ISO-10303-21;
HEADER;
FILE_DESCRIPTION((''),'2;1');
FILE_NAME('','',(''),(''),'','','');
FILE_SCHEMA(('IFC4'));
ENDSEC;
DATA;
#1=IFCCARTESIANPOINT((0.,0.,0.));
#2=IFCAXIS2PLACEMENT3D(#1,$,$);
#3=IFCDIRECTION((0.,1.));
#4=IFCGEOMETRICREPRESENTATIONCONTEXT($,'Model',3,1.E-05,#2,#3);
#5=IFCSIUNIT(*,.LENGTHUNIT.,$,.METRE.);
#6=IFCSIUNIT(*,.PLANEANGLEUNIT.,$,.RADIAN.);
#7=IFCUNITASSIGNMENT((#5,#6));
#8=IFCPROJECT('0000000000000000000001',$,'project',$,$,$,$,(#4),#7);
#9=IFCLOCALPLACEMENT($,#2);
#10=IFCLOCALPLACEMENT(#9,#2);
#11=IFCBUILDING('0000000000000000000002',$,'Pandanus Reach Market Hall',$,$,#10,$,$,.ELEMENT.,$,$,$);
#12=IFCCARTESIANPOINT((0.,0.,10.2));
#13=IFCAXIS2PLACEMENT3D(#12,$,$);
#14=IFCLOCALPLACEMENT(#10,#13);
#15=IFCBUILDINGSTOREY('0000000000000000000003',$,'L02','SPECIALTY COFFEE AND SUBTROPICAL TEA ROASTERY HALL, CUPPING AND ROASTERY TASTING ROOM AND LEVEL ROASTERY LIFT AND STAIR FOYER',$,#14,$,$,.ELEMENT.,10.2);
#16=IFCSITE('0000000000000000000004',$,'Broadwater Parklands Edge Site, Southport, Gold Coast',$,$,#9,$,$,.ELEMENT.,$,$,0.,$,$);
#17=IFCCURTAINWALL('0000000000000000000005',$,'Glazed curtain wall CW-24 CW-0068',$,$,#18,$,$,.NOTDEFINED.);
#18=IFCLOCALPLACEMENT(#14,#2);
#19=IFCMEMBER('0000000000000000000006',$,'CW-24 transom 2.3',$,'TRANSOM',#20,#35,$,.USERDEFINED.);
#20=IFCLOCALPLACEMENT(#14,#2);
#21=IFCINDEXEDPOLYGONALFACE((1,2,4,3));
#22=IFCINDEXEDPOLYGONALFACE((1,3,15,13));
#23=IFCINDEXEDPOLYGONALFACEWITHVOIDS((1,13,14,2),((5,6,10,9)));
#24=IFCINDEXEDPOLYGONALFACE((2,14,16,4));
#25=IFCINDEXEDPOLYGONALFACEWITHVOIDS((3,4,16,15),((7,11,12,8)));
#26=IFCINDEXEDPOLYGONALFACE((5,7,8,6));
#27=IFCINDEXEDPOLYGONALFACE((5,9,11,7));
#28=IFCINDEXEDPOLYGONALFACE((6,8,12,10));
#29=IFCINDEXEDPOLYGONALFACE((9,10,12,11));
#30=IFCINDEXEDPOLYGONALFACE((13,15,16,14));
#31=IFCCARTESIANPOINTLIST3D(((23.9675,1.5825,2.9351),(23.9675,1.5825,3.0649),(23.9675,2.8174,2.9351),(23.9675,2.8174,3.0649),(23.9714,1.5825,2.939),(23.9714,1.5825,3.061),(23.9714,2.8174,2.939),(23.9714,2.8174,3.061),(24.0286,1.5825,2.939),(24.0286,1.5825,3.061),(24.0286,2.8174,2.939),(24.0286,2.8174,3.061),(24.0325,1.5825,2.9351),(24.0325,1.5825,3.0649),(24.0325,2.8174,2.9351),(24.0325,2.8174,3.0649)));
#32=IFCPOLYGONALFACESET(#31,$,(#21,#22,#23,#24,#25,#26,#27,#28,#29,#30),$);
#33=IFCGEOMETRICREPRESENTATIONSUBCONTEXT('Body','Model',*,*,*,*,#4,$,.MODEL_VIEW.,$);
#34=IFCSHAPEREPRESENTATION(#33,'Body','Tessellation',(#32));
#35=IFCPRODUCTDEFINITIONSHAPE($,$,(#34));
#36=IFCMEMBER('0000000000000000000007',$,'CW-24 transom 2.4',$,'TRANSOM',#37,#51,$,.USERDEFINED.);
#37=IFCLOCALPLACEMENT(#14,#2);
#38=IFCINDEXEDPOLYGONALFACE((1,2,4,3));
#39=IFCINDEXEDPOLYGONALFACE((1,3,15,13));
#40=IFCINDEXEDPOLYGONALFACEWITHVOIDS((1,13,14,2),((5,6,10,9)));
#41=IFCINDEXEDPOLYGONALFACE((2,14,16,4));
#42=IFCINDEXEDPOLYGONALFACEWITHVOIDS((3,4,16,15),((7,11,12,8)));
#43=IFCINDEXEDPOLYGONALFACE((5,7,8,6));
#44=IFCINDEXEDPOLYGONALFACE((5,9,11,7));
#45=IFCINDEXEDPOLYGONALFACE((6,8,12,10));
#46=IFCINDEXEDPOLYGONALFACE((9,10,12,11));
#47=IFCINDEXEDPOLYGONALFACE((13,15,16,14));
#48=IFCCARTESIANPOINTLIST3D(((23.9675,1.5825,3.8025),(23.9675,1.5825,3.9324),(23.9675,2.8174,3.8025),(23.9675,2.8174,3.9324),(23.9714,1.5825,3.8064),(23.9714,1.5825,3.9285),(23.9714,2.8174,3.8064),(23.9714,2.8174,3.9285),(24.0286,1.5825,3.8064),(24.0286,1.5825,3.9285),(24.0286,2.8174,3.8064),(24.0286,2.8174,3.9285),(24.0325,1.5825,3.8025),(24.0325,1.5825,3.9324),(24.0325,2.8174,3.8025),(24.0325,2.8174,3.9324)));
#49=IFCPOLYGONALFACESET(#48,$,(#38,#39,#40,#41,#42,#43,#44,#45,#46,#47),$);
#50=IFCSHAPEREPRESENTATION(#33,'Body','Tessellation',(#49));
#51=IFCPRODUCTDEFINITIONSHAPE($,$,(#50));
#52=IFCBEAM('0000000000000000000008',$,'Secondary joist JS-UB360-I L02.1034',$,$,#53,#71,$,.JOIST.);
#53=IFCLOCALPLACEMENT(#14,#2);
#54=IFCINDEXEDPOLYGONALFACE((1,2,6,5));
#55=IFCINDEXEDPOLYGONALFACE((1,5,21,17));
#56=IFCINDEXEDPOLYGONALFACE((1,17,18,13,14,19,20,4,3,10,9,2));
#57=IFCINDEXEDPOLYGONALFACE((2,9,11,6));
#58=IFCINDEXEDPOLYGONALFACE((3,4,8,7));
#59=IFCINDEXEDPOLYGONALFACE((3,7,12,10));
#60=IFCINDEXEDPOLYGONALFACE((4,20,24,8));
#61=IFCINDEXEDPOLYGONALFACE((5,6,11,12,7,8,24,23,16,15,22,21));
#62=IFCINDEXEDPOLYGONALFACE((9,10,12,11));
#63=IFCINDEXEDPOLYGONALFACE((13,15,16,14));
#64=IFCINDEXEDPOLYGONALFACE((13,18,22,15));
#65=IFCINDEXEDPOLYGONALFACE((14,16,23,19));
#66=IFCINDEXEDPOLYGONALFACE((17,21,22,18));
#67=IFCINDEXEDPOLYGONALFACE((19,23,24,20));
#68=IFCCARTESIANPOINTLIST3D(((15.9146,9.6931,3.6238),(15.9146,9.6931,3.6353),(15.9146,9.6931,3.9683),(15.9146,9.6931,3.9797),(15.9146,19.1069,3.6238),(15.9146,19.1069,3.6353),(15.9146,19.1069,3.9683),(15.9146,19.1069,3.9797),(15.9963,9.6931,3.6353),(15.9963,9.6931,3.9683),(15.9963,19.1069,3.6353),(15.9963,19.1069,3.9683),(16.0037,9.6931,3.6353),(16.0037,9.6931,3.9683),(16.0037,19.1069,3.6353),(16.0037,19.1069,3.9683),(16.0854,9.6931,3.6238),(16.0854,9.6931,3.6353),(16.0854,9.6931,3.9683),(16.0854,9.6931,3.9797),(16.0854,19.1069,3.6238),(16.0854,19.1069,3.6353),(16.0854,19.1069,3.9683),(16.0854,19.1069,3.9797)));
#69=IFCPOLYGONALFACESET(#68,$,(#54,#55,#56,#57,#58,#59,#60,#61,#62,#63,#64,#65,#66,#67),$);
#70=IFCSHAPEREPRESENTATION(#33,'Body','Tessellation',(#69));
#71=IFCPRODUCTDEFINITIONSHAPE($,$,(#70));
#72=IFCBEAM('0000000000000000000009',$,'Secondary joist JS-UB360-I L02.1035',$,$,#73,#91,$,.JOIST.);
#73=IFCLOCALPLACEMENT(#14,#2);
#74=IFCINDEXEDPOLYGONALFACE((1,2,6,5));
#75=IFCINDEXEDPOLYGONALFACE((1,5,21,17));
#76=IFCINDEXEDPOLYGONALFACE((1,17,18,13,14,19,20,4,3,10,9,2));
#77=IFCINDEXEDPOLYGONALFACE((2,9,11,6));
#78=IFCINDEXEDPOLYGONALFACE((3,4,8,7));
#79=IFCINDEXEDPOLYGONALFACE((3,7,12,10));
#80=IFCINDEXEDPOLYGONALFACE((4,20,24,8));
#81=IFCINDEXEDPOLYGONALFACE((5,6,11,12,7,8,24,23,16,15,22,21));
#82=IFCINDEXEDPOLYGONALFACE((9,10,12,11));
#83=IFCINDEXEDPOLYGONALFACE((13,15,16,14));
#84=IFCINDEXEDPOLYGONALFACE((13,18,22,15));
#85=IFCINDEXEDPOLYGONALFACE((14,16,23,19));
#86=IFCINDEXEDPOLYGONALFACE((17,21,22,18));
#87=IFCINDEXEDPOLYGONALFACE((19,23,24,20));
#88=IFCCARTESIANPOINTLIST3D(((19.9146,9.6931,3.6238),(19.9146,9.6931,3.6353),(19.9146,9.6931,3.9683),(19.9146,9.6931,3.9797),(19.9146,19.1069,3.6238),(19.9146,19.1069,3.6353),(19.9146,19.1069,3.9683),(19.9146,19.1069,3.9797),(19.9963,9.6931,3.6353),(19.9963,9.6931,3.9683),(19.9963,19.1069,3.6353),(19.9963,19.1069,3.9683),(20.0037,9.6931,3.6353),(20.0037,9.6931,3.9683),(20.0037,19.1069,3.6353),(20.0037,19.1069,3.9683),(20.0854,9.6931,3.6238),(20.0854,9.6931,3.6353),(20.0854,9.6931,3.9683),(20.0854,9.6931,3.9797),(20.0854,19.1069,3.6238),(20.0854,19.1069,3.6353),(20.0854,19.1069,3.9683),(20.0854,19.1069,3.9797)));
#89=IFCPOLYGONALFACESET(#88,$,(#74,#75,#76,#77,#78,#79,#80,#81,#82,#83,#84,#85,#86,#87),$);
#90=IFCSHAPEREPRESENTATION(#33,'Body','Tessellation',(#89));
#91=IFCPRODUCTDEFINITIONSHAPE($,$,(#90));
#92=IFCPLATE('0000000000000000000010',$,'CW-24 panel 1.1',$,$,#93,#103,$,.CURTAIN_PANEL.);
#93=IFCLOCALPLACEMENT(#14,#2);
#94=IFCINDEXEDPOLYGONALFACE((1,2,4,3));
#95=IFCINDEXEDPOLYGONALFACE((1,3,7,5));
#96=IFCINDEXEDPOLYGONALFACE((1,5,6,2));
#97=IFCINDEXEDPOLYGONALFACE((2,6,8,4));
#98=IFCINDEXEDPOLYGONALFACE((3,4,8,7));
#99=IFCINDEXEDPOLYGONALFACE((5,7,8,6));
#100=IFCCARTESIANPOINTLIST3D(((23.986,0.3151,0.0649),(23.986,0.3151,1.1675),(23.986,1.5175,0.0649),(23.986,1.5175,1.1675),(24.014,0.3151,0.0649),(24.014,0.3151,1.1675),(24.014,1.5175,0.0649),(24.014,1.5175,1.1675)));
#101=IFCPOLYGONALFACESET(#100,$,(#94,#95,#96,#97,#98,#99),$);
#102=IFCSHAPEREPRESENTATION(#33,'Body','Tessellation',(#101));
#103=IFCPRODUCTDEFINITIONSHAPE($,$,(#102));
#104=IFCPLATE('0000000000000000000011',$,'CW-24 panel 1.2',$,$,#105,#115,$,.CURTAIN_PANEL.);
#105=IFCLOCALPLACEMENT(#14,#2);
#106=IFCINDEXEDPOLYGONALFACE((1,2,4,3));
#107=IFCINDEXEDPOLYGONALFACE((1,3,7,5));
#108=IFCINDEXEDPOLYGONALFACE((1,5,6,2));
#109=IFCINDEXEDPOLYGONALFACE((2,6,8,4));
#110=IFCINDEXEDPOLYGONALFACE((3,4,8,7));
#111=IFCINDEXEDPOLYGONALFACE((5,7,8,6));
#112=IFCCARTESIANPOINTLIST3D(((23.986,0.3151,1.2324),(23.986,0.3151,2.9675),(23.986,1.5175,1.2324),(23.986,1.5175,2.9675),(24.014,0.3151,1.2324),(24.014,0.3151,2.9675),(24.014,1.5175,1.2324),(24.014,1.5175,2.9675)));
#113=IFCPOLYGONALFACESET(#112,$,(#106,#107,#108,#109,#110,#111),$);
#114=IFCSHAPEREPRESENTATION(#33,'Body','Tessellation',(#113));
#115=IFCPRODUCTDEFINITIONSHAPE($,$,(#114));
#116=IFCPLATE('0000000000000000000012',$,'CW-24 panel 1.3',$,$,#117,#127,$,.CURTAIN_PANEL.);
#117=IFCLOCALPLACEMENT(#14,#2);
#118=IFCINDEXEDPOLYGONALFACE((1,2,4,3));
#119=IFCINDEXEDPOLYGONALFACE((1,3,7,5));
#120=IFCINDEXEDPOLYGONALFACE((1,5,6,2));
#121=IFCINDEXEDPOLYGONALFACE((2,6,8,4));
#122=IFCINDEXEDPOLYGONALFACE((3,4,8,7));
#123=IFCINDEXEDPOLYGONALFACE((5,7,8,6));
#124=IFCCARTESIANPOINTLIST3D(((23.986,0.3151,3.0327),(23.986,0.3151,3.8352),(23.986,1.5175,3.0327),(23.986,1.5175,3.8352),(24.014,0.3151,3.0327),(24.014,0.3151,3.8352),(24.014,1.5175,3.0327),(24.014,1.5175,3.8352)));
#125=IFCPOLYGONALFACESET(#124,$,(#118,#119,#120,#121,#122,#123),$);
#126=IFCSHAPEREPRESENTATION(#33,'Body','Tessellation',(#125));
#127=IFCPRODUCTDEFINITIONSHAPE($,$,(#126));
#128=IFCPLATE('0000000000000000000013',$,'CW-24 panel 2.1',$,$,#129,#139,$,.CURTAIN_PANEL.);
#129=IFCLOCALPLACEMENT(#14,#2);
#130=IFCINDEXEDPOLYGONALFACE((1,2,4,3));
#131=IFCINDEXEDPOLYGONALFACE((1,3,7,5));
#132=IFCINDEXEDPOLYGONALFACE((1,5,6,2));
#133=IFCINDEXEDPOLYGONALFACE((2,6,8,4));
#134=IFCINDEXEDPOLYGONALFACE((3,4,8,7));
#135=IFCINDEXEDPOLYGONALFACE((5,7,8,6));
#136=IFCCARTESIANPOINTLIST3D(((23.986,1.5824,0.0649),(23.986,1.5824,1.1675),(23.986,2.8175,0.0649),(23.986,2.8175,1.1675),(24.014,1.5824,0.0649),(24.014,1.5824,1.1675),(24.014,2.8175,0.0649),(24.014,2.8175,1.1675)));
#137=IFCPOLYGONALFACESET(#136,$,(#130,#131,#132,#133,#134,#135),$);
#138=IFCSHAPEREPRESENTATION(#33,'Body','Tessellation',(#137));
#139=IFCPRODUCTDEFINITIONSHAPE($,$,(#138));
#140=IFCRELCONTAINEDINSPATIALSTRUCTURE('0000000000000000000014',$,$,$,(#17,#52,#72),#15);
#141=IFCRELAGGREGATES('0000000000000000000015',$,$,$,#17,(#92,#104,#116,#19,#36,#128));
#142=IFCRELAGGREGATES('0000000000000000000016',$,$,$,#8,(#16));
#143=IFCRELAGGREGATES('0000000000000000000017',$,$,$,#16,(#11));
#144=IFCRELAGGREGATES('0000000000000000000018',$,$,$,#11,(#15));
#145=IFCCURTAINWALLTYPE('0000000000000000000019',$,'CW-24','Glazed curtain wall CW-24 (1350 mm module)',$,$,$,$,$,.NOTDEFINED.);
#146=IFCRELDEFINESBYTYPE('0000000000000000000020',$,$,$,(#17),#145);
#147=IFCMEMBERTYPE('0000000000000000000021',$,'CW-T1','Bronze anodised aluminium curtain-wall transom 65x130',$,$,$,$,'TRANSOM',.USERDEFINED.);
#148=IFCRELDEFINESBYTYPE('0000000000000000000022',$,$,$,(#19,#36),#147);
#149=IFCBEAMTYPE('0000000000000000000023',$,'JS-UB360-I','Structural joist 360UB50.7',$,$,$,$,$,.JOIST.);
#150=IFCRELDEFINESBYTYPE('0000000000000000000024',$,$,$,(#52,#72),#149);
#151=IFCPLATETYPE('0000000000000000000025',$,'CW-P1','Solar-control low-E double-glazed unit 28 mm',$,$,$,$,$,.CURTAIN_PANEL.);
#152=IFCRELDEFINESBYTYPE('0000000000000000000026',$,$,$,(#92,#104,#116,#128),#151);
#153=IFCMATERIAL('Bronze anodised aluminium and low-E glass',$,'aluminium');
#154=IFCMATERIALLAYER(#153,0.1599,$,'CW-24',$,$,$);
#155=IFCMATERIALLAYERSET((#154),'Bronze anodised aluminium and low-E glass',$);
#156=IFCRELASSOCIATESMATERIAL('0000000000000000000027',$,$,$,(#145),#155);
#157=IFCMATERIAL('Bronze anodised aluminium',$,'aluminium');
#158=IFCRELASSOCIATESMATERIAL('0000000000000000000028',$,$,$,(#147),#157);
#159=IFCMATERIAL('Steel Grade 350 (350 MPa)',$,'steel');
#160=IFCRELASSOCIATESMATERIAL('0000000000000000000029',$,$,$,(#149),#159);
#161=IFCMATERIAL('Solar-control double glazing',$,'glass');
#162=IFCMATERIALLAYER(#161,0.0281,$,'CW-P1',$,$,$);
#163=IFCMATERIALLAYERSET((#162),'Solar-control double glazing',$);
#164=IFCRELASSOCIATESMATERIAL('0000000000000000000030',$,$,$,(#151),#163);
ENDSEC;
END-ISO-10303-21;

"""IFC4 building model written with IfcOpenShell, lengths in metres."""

from ifc_helpers import new_model, si_unit, direction, frame, origin, origin_2d, place, context, subcontext, project, spatial, rectangle, hollow_rectangle, i_section, extrude, material, layer, layer_set, material_profile, profile_set, type_object, element, aggregate, save


model = new_model("IFC4")

# Units and contexts
model_context = context("Model", 3, precision=1e-05, world=origin(), true_north=direction((0.0, 1.0)))
body_context = subcontext(model_context, "Body", "Model", "MODEL_VIEW")
ifc_project = project(units=[si_unit("LENGTHUNIT", "METRE"), si_unit("PLANEANGLEUNIT", "RADIAN")], contexts=[model_context])

# Site, building, storey
site_placement = place(None, origin())
site = spatial("IfcSite", under=ifc_project, at=site_placement, Name="Broadwater Parklands Edge Site, Southport, Gold Coast", CompositionType="ELEMENT", RefElevation=0.0)
building_placement = place(site_placement, origin())
building = spatial("IfcBuilding", under=site, at=building_placement, Name="Pandanus Reach Market Hall", CompositionType="ELEMENT")
storey_placement = place(building_placement, frame((0.0, 0.0, 10.2)))
storey = spatial("IfcBuildingStorey", under=building, at=storey_placement, Name="L02", Description="SPECIALTY COFFEE AND SUBTROPICAL TEA ROASTERY HALL, CUPPING AND ROASTERY TASTING ROOM AND LEVEL ROASTERY LIFT AND STAIR FOYER", CompositionType="ELEMENT", Elevation=10.2)

# Shared definitions
ifc_material_1 = material(Name="Steel Grade 350 (350 MPa)", Category="steel")

# Curtain wall, members
ifc_material_2 = material(Name="Bronze anodised aluminium and low-E glass", Category="aluminium")
ifc_layer_1 = layer(ifc_material_2, 0.1599, Name="CW-24")
ifc_layer_set_1 = layer_set([ifc_layer_1], Name="Bronze anodised aluminium and low-E glass")
curtain_wall_type = type_object("IfcCurtainWallType", Name="CW-24", Description="Glazed curtain wall CW-24 (1350 mm module)", PredefinedType="NOTDEFINED", material=ifc_layer_set_1)
curtain_wall_placement = place(storey_placement, origin())
curtain_wall = element("IfcCurtainWall", 1, at=curtain_wall_placement, inside=storey, type_object=curtain_wall_type, Name="Glazed curtain wall CW-24 CW-0068", PredefinedType="NOTDEFINED")
ifc_material_3 = material(Name="Bronze anodised aluminium", Category="aluminium")
ifc_material_profile_1 = material_profile(ifc_material_3, hollow_rectangle(XDim=0.0649, YDim=0.1299, WallThickness=0.0039, at=origin_2d()), Name="ALU65x130", Category="LoadBearing")
ifc_profile_set_1 = profile_set([ifc_material_profile_1], Name="Bronze anodised aluminium")
member_type_1 = type_object("IfcMemberType", Name="CW-T1", Description="Bronze anodised aluminium curtain-wall transom 65x130", ElementType="TRANSOM", PredefinedType="USERDEFINED", material=ifc_profile_set_1)
member_1_placement = place(storey_placement, frame((24.0, 1.5825, 3.0), z_axis=(0.0, 1.0, 0.0), x_axis=(-1.0, 0.0, 0.0)))
member_1 = element("IfcMember", 2, at=member_1_placement, type_object=member_type_1, Name="CW-24 transom 2.3", ObjectType="TRANSOM", PredefinedType="USERDEFINED", context=body_context, shape_type="SweptSolid", body=[
    extrude(hollow_rectangle(XDim=0.0649, YDim=0.1299, WallThickness=0.0039, at=origin_2d()), origin(), (0.0, 0.0, 1.0), 1.2349),
])
member_2_placement = place(storey_placement, frame((24.0, 1.5825, 3.8674), z_axis=(0.0, 1.0, 0.0), x_axis=(-1.0, 0.0, 0.0)))
member_2 = element("IfcMember", 3, at=member_2_placement, type_object=member_type_1, Name="CW-24 transom 2.4", ObjectType="TRANSOM", PredefinedType="USERDEFINED", context=body_context, shape_type="SweptSolid", body=[
    extrude(hollow_rectangle(XDim=0.0649, YDim=0.1299, WallThickness=0.0039, at=origin_2d()), origin(), (0.0, 0.0, 1.0), 1.2349),
])

# Beams
ifc_material_profile_2 = material_profile(ifc_material_1, i_section(OverallWidth=0.1709, OverallDepth=0.356, WebThickness=0.0073, FlangeThickness=0.0115, at=origin_2d()), Name="360UB50.7", Category="LoadBearing")
ifc_profile_set_2 = profile_set([ifc_material_profile_2], Name="Steel Grade 350 (350 MPa)")
beam_type_1 = type_object("IfcBeamType", Name="JS-UB360-I", Description="Structural joist 360UB50.7", PredefinedType="JOIST", material=ifc_profile_set_2)
for number, where, z_axis, x_axis, name in (
    (4, (16.0, 9.6931, 3.8018), (0.0, 1.0, 0.0), (-1.0, 0.0, 0.0), "Secondary joist JS-UB360-I L02.1034"),
    (5, (20.0, 9.6931, 3.8018), (0.0, 1.0, 0.0), (-1.0, 0.0, 0.0), "Secondary joist JS-UB360-I L02.1035"),
):
    element("IfcBeam", number, at=place(storey_placement, frame(where, z_axis=z_axis, x_axis=x_axis)), inside=storey, type_object=beam_type_1, Name=name, PredefinedType="JOIST", context=body_context, shape_type="SweptSolid", body=[
        extrude(i_section(OverallWidth=0.1709, OverallDepth=0.356, WebThickness=0.0073, FlangeThickness=0.0115, at=origin_2d()), origin(), (0.0, 0.0, 1.0), 9.4138),
    ])

# Plates
ifc_material_4 = material(Name="Solar-control double glazing", Category="glass")
ifc_layer_2 = layer(ifc_material_4, 0.0281, Name="CW-P1")
ifc_layer_set_2 = layer_set([ifc_layer_2], Name="Solar-control double glazing")
plate_type = type_object("IfcPlateType", Name="CW-P1", Description="Solar-control low-E double-glazed unit 28 mm", PredefinedType="CURTAIN_PANEL", material=ifc_layer_set_2)
plate_1_placement = place(storey_placement, frame((24.0, 0.9163, 0.0649), z_axis=(0.0, 0.0, 1.0), x_axis=(0.0, 1.0, 0.0)))
plate_1 = element("IfcPlate", 6, at=plate_1_placement, type_object=plate_type, Name="CW-24 panel 1.1", PredefinedType="CURTAIN_PANEL", context=body_context, shape_type="SweptSolid", body=[
    extrude(rectangle(XDim=1.2024, YDim=0.0281, at=origin_2d()), origin(), (0.0, 0.0, 1.0), 1.1025),
])
plate_2_placement = place(storey_placement, frame((24.0, 0.9163, 1.2324), z_axis=(0.0, 0.0, 1.0), x_axis=(0.0, 1.0, 0.0)))
plate_2 = element("IfcPlate", 7, at=plate_2_placement, type_object=plate_type, Name="CW-24 panel 1.2", PredefinedType="CURTAIN_PANEL", context=body_context, shape_type="SweptSolid", body=[
    extrude(rectangle(XDim=1.2024, YDim=0.0281, at=origin_2d()), origin(), (0.0, 0.0, 1.0), 1.7351),
])
plate_3_placement = place(storey_placement, frame((24.0, 0.9163, 3.0327), z_axis=(0.0, 0.0, 1.0), x_axis=(0.0, 1.0, 0.0)))
plate_3 = element("IfcPlate", 8, at=plate_3_placement, type_object=plate_type, Name="CW-24 panel 1.3", PredefinedType="CURTAIN_PANEL", context=body_context, shape_type="SweptSolid", body=[
    extrude(rectangle(XDim=1.2024, YDim=0.0281, at=origin_2d()), origin(), (0.0, 0.0, 1.0), 0.8025),
])
plate_4_placement = place(storey_placement, frame((24.0, 2.2, 0.0649), z_axis=(0.0, 0.0, 1.0), x_axis=(0.0, 1.0, 0.0)))
plate_4 = element("IfcPlate", 9, at=plate_4_placement, type_object=plate_type, Name="CW-24 panel 2.1", PredefinedType="CURTAIN_PANEL", context=body_context, shape_type="SweptSolid", body=[
    extrude(rectangle(XDim=1.2351, YDim=0.0281, at=origin_2d()), origin(), (0.0, 0.0, 1.0), 1.1025),
])
aggregate(curtain_wall, [plate_1, plate_2, plate_3, member_1, member_2, plate_4])

save(model, "model.ifc")
